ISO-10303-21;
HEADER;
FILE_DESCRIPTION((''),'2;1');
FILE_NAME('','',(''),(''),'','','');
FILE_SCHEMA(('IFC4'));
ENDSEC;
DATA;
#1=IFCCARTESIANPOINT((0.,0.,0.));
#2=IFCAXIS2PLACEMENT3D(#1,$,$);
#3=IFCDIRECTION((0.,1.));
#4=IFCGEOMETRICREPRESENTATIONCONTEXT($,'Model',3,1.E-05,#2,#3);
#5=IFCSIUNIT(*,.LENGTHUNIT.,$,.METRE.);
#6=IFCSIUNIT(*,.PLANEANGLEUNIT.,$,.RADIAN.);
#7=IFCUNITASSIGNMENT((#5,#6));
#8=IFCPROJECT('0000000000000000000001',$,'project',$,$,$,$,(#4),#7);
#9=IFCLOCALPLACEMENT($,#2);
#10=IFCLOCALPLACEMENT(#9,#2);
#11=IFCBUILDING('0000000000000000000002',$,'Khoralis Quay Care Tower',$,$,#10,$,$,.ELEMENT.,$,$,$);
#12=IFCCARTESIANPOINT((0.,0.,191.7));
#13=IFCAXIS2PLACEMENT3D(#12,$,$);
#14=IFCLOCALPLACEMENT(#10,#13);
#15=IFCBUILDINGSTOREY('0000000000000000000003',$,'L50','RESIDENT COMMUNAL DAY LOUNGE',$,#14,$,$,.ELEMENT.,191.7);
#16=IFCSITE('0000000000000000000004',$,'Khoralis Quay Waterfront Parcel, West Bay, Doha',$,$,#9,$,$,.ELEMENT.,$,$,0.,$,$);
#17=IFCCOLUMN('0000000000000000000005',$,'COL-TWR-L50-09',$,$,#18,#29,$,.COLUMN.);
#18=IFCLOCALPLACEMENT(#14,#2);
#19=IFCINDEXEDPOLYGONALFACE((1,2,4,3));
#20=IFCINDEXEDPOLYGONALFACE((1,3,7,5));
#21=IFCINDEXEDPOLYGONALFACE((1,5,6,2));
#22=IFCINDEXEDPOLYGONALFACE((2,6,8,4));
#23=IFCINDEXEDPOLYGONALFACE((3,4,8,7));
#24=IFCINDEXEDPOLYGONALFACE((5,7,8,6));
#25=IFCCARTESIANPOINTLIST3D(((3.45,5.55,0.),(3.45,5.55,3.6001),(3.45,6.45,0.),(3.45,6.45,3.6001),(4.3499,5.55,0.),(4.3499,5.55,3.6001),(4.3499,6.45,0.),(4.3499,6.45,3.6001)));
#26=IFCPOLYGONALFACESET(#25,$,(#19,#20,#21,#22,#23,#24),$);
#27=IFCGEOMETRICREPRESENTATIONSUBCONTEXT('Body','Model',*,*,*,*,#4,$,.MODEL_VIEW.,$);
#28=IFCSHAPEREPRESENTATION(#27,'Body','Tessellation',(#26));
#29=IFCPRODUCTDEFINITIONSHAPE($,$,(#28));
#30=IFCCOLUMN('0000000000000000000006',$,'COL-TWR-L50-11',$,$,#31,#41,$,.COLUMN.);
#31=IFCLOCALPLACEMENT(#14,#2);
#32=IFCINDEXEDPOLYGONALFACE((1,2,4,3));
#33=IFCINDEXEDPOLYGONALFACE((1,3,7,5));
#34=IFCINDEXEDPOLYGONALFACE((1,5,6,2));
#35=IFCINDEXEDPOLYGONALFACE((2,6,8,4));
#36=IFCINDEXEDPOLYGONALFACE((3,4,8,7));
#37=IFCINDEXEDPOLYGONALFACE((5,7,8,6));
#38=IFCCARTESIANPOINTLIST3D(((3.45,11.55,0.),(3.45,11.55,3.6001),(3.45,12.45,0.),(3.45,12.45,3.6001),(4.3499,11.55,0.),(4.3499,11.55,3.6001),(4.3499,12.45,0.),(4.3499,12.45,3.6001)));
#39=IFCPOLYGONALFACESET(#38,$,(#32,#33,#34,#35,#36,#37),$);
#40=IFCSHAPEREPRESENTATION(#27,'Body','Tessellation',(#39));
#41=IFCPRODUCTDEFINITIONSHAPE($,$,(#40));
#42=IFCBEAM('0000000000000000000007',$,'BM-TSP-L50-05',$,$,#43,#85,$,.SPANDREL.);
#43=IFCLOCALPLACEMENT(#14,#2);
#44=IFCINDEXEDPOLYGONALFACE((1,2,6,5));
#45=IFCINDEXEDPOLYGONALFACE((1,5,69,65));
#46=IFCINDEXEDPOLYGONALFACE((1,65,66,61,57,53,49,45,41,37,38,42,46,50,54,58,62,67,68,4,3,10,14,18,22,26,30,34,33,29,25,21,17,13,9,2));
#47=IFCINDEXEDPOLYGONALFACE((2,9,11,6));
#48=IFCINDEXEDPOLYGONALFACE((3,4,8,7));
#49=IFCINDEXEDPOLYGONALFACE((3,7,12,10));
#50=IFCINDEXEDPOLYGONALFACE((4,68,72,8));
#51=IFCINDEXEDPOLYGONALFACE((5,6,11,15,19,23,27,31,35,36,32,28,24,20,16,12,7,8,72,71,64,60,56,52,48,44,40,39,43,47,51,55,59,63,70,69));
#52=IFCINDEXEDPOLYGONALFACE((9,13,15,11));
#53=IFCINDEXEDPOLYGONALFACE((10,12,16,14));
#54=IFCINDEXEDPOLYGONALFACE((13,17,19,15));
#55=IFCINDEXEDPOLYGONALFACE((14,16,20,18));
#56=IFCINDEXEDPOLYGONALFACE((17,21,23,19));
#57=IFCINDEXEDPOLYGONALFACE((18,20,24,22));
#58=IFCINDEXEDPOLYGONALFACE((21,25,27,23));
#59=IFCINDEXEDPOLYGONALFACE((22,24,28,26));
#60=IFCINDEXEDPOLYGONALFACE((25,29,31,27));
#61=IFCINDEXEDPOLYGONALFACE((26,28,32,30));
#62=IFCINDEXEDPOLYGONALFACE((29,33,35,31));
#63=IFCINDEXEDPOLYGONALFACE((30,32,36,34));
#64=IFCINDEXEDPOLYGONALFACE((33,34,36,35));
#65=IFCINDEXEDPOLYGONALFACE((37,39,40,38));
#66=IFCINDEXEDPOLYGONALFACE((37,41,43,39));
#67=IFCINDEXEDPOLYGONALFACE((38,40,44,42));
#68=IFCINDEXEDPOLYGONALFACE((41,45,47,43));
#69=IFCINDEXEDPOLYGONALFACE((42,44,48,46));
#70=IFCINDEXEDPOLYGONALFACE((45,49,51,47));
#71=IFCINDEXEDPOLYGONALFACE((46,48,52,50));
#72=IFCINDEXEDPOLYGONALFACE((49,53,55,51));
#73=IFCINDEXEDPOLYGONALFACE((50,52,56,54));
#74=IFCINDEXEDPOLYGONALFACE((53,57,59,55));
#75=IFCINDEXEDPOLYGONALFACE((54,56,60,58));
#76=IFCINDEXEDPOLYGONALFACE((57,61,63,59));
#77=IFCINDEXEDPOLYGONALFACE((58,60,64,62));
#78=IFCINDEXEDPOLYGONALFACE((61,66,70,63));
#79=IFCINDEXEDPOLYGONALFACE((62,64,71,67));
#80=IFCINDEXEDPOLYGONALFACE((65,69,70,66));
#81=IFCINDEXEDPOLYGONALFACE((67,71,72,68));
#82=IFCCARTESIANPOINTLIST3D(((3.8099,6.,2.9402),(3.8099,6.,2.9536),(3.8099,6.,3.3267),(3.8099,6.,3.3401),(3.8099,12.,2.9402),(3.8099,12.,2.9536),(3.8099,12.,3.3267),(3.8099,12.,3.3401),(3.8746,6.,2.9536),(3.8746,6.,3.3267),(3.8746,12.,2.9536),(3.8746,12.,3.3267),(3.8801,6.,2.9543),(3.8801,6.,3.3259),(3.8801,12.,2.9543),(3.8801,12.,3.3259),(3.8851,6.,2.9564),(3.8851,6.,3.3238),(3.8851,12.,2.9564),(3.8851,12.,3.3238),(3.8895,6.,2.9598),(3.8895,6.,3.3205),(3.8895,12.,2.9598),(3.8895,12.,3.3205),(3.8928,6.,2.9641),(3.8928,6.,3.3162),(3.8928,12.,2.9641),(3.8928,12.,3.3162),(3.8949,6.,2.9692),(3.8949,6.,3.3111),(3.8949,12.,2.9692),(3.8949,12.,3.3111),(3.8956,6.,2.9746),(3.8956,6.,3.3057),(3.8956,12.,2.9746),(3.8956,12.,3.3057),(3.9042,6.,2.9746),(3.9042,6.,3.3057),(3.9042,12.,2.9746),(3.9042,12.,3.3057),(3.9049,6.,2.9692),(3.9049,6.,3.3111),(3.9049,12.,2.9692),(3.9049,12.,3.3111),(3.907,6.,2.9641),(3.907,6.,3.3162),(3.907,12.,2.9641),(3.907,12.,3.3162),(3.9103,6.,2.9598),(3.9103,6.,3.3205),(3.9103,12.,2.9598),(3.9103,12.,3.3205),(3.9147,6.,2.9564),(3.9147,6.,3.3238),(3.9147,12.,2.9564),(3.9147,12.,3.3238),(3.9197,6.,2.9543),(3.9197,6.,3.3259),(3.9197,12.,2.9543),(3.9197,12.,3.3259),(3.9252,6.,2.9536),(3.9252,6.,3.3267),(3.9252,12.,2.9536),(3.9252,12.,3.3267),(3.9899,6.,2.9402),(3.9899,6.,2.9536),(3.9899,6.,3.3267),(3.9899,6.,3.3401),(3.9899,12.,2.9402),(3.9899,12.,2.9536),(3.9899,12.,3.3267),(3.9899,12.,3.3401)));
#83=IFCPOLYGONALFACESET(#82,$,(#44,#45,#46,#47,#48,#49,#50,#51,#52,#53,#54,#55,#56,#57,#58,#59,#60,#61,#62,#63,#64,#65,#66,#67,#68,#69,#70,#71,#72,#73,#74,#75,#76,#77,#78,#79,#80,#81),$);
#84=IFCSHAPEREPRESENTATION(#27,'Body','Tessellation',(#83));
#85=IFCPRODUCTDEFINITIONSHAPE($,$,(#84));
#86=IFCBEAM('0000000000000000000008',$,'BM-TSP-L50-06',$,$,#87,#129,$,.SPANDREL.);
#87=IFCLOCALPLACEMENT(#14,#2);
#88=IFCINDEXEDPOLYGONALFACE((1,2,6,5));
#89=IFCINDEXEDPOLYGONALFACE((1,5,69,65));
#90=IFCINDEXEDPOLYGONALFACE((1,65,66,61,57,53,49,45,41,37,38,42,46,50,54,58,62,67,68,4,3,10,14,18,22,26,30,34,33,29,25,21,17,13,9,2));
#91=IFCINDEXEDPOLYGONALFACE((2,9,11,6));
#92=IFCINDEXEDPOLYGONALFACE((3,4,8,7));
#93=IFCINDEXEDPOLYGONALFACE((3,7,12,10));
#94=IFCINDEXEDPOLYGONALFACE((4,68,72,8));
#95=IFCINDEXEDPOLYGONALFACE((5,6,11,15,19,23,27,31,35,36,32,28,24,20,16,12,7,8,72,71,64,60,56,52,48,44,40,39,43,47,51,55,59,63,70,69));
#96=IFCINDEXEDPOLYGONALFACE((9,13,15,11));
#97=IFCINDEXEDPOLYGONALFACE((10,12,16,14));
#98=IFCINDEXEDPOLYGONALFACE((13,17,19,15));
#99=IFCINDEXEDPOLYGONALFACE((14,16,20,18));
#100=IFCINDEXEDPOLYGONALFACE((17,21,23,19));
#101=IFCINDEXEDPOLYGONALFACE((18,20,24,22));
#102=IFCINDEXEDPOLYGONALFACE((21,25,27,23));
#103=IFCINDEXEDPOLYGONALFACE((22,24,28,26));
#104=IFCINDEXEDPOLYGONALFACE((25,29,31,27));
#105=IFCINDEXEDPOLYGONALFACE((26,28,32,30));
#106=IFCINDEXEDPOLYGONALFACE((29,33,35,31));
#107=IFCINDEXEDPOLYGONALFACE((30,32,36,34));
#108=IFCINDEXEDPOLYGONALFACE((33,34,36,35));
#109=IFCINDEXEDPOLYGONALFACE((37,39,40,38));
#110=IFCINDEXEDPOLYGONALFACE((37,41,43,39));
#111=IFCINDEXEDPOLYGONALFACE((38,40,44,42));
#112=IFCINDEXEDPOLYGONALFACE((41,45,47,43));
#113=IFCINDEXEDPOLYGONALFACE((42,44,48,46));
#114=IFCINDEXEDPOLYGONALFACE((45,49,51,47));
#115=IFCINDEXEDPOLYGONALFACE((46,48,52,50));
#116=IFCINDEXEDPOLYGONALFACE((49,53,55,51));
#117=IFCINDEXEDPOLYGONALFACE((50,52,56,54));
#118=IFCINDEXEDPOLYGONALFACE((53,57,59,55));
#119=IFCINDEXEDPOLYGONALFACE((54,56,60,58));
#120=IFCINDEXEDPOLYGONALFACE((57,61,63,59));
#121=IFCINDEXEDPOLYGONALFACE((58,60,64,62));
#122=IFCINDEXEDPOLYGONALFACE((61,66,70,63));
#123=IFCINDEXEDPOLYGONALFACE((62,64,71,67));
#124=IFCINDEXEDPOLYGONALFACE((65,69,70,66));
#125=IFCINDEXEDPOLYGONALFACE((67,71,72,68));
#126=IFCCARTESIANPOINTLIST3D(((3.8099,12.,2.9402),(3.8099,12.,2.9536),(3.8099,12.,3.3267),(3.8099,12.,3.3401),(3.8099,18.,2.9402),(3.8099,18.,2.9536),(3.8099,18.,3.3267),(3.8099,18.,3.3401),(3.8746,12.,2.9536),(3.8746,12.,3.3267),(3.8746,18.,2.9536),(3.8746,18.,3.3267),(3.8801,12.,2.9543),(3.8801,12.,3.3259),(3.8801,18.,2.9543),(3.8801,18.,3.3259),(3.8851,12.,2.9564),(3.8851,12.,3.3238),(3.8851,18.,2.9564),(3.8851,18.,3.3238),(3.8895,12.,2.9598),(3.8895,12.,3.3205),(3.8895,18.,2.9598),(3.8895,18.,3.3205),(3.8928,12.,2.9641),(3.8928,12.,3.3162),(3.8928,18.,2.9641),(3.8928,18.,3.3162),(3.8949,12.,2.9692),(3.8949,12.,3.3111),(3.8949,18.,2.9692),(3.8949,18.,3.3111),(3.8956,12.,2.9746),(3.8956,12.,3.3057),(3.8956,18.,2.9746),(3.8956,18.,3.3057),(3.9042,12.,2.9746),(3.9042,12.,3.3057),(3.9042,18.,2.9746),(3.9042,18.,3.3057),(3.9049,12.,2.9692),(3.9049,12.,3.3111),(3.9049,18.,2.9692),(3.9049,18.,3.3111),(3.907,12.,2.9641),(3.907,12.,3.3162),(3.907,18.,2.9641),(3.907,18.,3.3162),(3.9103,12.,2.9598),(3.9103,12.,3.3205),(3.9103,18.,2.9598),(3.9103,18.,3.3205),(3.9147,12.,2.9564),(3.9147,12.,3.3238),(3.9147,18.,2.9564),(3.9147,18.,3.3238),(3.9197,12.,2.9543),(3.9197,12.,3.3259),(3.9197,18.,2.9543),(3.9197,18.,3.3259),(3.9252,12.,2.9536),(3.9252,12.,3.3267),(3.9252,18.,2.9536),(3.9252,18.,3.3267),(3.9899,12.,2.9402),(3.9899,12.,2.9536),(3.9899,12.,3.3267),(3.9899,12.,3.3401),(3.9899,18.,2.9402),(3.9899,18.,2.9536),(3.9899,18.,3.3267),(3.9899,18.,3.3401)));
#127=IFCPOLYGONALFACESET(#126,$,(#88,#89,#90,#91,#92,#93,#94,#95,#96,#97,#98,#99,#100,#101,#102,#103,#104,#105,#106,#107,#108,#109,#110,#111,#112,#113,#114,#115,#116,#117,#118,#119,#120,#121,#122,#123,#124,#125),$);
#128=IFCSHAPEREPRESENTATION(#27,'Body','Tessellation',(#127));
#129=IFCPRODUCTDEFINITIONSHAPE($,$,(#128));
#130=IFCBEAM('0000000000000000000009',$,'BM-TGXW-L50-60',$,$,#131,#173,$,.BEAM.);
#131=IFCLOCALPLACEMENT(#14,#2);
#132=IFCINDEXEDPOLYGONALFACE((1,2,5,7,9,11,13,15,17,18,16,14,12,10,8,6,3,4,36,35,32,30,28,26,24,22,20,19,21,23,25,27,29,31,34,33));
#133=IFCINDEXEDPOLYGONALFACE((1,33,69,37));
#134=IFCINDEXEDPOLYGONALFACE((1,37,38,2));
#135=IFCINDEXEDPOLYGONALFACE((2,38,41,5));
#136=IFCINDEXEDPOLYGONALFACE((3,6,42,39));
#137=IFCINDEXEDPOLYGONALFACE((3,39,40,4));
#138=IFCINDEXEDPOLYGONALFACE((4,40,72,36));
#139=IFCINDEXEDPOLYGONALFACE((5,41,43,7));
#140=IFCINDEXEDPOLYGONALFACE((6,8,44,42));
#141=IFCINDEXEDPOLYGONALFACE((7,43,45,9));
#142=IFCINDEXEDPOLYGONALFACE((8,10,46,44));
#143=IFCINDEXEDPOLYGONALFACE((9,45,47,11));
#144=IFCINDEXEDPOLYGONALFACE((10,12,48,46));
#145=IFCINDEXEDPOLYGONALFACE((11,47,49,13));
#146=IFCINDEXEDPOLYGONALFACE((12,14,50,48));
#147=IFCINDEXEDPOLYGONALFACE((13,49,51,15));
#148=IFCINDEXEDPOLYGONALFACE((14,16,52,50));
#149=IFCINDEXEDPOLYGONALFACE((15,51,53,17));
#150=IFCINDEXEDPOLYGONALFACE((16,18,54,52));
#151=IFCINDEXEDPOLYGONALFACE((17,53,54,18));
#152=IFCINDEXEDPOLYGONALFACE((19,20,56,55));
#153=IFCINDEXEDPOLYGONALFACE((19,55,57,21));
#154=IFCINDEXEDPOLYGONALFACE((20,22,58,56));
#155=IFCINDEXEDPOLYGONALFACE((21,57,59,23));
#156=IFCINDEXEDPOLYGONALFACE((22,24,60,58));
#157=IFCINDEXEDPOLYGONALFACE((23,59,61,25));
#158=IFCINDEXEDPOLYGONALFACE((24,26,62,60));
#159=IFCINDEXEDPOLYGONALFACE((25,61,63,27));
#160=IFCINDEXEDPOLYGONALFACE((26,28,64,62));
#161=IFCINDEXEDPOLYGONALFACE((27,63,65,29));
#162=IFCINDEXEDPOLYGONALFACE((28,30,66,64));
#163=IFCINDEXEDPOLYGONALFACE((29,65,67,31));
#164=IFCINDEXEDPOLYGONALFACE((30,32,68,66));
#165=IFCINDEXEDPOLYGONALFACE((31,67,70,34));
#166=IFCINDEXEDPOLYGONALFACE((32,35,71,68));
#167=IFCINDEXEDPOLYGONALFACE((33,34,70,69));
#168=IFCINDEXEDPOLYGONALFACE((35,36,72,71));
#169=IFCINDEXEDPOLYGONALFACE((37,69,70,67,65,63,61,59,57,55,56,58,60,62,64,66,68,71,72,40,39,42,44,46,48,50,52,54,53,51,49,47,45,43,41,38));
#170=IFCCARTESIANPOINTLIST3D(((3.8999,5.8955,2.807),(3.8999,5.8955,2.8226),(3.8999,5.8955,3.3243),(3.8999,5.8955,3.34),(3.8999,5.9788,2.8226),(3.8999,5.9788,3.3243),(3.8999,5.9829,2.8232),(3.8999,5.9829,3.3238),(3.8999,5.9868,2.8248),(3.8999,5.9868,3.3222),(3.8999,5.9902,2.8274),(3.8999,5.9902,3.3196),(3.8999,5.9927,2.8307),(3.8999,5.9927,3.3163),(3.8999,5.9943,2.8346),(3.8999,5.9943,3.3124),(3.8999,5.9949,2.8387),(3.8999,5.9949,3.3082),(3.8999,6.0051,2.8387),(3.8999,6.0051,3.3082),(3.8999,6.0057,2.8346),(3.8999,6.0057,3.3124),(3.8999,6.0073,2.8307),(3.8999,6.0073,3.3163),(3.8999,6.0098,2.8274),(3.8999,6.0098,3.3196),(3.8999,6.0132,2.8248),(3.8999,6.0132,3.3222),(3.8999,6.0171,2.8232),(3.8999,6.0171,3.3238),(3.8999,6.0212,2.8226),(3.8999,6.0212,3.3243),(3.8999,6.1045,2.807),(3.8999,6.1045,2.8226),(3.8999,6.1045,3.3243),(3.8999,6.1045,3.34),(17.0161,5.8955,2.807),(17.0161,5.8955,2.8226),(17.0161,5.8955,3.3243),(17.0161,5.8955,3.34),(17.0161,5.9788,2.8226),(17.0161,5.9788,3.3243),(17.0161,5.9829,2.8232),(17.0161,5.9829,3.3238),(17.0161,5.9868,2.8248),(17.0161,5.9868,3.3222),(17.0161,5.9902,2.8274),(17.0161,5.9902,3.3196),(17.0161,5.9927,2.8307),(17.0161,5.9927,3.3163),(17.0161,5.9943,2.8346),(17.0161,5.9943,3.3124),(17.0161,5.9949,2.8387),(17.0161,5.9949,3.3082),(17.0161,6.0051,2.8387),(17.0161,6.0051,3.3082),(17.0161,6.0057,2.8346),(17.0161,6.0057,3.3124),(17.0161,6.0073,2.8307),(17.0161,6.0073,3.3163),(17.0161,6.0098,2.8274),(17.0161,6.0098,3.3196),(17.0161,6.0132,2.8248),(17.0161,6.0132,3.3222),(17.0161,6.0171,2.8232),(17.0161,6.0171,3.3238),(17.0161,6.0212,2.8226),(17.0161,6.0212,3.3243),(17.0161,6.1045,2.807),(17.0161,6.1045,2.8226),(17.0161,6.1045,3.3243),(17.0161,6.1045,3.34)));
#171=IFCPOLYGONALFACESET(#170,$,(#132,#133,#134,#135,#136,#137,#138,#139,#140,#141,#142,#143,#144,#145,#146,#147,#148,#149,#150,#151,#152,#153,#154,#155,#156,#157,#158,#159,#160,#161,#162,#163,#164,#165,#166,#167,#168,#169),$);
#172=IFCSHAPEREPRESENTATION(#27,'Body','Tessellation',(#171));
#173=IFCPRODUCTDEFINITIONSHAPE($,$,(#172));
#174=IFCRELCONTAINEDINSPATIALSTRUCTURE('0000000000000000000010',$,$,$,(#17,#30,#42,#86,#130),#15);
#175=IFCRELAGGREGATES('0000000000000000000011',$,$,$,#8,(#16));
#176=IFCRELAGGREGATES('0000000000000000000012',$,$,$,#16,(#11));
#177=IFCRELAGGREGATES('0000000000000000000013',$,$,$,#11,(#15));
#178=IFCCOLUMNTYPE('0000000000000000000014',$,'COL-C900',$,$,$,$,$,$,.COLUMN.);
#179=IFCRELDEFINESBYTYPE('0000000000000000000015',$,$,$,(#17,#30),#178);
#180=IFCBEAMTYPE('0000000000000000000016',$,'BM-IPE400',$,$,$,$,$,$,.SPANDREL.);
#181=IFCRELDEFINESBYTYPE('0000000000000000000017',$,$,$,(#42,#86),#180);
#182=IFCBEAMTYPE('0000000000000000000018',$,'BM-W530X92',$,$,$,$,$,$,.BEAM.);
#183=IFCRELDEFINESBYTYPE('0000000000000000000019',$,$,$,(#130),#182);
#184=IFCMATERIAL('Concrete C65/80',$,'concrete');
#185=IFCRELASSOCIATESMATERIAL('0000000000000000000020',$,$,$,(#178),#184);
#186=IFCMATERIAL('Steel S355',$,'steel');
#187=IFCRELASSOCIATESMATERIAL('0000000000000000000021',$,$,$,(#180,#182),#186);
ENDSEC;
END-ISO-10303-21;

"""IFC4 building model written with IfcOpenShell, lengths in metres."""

from ifc_helpers import new_model, si_unit, direction, frame, origin, origin_2d, place, context, subcontext, project, spatial, rectangle, i_section, extrude, source, transform, mapped, material, material_profile, profile_set, type_object, element, save


model = new_model("IFC4")

# Units and contexts
model_context = context("Model", 3, precision=1e-05, world=origin(), true_north=direction((0.0, 1.0)))
body_context = subcontext(model_context, "Body", "Model", "MODEL_VIEW")
ifc_project = project(units=[si_unit("LENGTHUNIT", "METRE"), si_unit("PLANEANGLEUNIT", "RADIAN")], contexts=[model_context])

# Site, building, storey
site_placement = place(None, origin())
site = spatial("IfcSite", under=ifc_project, at=site_placement, Name="Khoralis Quay Waterfront Parcel, West Bay, Doha", CompositionType="ELEMENT", RefElevation=0.0)
building_placement = place(site_placement, origin())
building = spatial("IfcBuilding", under=site, at=building_placement, Name="Khoralis Quay Care Tower", CompositionType="ELEMENT")
storey_placement = place(building_placement, frame((0.0, 0.0, 191.7)))
storey = spatial("IfcBuildingStorey", under=building, at=storey_placement, Name="L50", Description="RESIDENT COMMUNAL DAY LOUNGE", CompositionType="ELEMENT", Elevation=191.7)

# Columns
ifc_material_1 = material(Name="Concrete C65/80", Category="concrete")
ifc_material_profile_1 = material_profile(ifc_material_1, rectangle(XDim=0.8999, YDim=0.8999, at=origin_2d()), Name="Concrete C65/80")
ifc_profile_set_1 = profile_set([ifc_material_profile_1], Name="Concrete C65/80")
column_type = type_object("IfcColumnType", Name="COL-C900", PredefinedType="COLUMN", material=ifc_profile_set_1)
shared_shape_1 = source(origin(), body_context, "Body", "SweptSolid", [
    extrude(rectangle(XDim=0.8999, YDim=0.8999, at=origin_2d()), origin(), (0.0, 0.0, 1.0), 3.6001),
])
for number, where, z_axis, x_axis, name in (
    (1, (3.8999, 6.0, 0.0), (0.0, 0.0, 1.0), (1.0, 0.0, 0.0), "COL-TWR-L50-09"),
    (2, (3.8999, 12.0, 0.0), (0.0, 0.0, 1.0), (1.0, 0.0, 0.0), "COL-TWR-L50-11"),
):
    element("IfcColumn", number, at=place(storey_placement, frame(where, z_axis=z_axis, x_axis=x_axis)), inside=storey, type_object=column_type, Name=name, PredefinedType="COLUMN", context=body_context, shape_type="MappedRepresentation", body=[
        mapped(shared_shape_1, transform((0.0, 0.0, 0.0), scale=1.0)),
    ])

# Beams
ifc_material_2 = material(Name="Steel S355", Category="steel")
ifc_material_profile_2 = material_profile(ifc_material_2, i_section(OverallWidth=0.1799, OverallDepth=0.3999, WebThickness=0.0085, FlangeThickness=0.0134, FilletRadius=0.021, at=origin_2d()), Name="Steel S355")
ifc_profile_set_2 = profile_set([ifc_material_profile_2], Name="Steel S355")
beam_type_1 = type_object("IfcBeamType", Name="BM-IPE400", PredefinedType="SPANDREL", material=ifc_profile_set_2)
shared_shape_2 = source(origin(), body_context, "Body", "SweptSolid", [
    extrude(i_section(OverallWidth=0.1799, OverallDepth=0.3999, WebThickness=0.0085, FlangeThickness=0.0134, FilletRadius=0.021, at=origin_2d()), origin(), (0.0, 0.0, 1.0), 6.0),
])
for number, where, z_axis, x_axis, name in (
    (3, (3.8999, 6.0, 3.1401), (0.0, 1.0, 0.0), (-1.0, 0.0, 0.0), "BM-TSP-L50-05"),
    (4, (3.8999, 12.0, 3.1401), (0.0, 1.0, 0.0), (-1.0, 0.0, 0.0), "BM-TSP-L50-06"),
):
    element("IfcBeam", number, at=place(storey_placement, frame(where, z_axis=z_axis, x_axis=x_axis)), inside=storey, type_object=beam_type_1, Name=name, PredefinedType="SPANDREL", context=body_context, shape_type="MappedRepresentation", body=[
        mapped(shared_shape_2, transform((0.0, 0.0, 0.0), scale=1.0)),
    ])
ifc_material_profile_3 = material_profile(ifc_material_2, i_section(OverallWidth=0.209, OverallDepth=0.533, WebThickness=0.0103, FlangeThickness=0.0156, FilletRadius=0.0161, at=origin_2d()), Name="Steel S355")
ifc_profile_set_3 = profile_set([ifc_material_profile_3], Name="Steel S355")
beam_type_2 = type_object("IfcBeamType", Name="BM-W530X92", PredefinedType="BEAM", material=ifc_profile_set_3)
shared_shape_3 = source(origin(), body_context, "Body", "SweptSolid", [
    extrude(i_section(OverallWidth=0.209, OverallDepth=0.533, WebThickness=0.0103, FlangeThickness=0.0156, FilletRadius=0.0161, at=origin_2d()), origin(), (0.0, 0.0, 1.0), 13.1162),
])
beam_1_placement = place(storey_placement, frame((3.8999, 6.0, 3.0735), z_axis=(1.0, 0.0, 0.0), x_axis=(0.0, 1.0, 0.0)))
element("IfcBeam", 5, at=beam_1_placement, inside=storey, type_object=beam_type_2, Name="BM-TGXW-L50-60", PredefinedType="BEAM", context=body_context, shape_type="MappedRepresentation", body=[
    mapped(shared_shape_3, transform((0.0, 0.0, 0.0), scale=1.0)),
])

save(model, "model.ifc")
